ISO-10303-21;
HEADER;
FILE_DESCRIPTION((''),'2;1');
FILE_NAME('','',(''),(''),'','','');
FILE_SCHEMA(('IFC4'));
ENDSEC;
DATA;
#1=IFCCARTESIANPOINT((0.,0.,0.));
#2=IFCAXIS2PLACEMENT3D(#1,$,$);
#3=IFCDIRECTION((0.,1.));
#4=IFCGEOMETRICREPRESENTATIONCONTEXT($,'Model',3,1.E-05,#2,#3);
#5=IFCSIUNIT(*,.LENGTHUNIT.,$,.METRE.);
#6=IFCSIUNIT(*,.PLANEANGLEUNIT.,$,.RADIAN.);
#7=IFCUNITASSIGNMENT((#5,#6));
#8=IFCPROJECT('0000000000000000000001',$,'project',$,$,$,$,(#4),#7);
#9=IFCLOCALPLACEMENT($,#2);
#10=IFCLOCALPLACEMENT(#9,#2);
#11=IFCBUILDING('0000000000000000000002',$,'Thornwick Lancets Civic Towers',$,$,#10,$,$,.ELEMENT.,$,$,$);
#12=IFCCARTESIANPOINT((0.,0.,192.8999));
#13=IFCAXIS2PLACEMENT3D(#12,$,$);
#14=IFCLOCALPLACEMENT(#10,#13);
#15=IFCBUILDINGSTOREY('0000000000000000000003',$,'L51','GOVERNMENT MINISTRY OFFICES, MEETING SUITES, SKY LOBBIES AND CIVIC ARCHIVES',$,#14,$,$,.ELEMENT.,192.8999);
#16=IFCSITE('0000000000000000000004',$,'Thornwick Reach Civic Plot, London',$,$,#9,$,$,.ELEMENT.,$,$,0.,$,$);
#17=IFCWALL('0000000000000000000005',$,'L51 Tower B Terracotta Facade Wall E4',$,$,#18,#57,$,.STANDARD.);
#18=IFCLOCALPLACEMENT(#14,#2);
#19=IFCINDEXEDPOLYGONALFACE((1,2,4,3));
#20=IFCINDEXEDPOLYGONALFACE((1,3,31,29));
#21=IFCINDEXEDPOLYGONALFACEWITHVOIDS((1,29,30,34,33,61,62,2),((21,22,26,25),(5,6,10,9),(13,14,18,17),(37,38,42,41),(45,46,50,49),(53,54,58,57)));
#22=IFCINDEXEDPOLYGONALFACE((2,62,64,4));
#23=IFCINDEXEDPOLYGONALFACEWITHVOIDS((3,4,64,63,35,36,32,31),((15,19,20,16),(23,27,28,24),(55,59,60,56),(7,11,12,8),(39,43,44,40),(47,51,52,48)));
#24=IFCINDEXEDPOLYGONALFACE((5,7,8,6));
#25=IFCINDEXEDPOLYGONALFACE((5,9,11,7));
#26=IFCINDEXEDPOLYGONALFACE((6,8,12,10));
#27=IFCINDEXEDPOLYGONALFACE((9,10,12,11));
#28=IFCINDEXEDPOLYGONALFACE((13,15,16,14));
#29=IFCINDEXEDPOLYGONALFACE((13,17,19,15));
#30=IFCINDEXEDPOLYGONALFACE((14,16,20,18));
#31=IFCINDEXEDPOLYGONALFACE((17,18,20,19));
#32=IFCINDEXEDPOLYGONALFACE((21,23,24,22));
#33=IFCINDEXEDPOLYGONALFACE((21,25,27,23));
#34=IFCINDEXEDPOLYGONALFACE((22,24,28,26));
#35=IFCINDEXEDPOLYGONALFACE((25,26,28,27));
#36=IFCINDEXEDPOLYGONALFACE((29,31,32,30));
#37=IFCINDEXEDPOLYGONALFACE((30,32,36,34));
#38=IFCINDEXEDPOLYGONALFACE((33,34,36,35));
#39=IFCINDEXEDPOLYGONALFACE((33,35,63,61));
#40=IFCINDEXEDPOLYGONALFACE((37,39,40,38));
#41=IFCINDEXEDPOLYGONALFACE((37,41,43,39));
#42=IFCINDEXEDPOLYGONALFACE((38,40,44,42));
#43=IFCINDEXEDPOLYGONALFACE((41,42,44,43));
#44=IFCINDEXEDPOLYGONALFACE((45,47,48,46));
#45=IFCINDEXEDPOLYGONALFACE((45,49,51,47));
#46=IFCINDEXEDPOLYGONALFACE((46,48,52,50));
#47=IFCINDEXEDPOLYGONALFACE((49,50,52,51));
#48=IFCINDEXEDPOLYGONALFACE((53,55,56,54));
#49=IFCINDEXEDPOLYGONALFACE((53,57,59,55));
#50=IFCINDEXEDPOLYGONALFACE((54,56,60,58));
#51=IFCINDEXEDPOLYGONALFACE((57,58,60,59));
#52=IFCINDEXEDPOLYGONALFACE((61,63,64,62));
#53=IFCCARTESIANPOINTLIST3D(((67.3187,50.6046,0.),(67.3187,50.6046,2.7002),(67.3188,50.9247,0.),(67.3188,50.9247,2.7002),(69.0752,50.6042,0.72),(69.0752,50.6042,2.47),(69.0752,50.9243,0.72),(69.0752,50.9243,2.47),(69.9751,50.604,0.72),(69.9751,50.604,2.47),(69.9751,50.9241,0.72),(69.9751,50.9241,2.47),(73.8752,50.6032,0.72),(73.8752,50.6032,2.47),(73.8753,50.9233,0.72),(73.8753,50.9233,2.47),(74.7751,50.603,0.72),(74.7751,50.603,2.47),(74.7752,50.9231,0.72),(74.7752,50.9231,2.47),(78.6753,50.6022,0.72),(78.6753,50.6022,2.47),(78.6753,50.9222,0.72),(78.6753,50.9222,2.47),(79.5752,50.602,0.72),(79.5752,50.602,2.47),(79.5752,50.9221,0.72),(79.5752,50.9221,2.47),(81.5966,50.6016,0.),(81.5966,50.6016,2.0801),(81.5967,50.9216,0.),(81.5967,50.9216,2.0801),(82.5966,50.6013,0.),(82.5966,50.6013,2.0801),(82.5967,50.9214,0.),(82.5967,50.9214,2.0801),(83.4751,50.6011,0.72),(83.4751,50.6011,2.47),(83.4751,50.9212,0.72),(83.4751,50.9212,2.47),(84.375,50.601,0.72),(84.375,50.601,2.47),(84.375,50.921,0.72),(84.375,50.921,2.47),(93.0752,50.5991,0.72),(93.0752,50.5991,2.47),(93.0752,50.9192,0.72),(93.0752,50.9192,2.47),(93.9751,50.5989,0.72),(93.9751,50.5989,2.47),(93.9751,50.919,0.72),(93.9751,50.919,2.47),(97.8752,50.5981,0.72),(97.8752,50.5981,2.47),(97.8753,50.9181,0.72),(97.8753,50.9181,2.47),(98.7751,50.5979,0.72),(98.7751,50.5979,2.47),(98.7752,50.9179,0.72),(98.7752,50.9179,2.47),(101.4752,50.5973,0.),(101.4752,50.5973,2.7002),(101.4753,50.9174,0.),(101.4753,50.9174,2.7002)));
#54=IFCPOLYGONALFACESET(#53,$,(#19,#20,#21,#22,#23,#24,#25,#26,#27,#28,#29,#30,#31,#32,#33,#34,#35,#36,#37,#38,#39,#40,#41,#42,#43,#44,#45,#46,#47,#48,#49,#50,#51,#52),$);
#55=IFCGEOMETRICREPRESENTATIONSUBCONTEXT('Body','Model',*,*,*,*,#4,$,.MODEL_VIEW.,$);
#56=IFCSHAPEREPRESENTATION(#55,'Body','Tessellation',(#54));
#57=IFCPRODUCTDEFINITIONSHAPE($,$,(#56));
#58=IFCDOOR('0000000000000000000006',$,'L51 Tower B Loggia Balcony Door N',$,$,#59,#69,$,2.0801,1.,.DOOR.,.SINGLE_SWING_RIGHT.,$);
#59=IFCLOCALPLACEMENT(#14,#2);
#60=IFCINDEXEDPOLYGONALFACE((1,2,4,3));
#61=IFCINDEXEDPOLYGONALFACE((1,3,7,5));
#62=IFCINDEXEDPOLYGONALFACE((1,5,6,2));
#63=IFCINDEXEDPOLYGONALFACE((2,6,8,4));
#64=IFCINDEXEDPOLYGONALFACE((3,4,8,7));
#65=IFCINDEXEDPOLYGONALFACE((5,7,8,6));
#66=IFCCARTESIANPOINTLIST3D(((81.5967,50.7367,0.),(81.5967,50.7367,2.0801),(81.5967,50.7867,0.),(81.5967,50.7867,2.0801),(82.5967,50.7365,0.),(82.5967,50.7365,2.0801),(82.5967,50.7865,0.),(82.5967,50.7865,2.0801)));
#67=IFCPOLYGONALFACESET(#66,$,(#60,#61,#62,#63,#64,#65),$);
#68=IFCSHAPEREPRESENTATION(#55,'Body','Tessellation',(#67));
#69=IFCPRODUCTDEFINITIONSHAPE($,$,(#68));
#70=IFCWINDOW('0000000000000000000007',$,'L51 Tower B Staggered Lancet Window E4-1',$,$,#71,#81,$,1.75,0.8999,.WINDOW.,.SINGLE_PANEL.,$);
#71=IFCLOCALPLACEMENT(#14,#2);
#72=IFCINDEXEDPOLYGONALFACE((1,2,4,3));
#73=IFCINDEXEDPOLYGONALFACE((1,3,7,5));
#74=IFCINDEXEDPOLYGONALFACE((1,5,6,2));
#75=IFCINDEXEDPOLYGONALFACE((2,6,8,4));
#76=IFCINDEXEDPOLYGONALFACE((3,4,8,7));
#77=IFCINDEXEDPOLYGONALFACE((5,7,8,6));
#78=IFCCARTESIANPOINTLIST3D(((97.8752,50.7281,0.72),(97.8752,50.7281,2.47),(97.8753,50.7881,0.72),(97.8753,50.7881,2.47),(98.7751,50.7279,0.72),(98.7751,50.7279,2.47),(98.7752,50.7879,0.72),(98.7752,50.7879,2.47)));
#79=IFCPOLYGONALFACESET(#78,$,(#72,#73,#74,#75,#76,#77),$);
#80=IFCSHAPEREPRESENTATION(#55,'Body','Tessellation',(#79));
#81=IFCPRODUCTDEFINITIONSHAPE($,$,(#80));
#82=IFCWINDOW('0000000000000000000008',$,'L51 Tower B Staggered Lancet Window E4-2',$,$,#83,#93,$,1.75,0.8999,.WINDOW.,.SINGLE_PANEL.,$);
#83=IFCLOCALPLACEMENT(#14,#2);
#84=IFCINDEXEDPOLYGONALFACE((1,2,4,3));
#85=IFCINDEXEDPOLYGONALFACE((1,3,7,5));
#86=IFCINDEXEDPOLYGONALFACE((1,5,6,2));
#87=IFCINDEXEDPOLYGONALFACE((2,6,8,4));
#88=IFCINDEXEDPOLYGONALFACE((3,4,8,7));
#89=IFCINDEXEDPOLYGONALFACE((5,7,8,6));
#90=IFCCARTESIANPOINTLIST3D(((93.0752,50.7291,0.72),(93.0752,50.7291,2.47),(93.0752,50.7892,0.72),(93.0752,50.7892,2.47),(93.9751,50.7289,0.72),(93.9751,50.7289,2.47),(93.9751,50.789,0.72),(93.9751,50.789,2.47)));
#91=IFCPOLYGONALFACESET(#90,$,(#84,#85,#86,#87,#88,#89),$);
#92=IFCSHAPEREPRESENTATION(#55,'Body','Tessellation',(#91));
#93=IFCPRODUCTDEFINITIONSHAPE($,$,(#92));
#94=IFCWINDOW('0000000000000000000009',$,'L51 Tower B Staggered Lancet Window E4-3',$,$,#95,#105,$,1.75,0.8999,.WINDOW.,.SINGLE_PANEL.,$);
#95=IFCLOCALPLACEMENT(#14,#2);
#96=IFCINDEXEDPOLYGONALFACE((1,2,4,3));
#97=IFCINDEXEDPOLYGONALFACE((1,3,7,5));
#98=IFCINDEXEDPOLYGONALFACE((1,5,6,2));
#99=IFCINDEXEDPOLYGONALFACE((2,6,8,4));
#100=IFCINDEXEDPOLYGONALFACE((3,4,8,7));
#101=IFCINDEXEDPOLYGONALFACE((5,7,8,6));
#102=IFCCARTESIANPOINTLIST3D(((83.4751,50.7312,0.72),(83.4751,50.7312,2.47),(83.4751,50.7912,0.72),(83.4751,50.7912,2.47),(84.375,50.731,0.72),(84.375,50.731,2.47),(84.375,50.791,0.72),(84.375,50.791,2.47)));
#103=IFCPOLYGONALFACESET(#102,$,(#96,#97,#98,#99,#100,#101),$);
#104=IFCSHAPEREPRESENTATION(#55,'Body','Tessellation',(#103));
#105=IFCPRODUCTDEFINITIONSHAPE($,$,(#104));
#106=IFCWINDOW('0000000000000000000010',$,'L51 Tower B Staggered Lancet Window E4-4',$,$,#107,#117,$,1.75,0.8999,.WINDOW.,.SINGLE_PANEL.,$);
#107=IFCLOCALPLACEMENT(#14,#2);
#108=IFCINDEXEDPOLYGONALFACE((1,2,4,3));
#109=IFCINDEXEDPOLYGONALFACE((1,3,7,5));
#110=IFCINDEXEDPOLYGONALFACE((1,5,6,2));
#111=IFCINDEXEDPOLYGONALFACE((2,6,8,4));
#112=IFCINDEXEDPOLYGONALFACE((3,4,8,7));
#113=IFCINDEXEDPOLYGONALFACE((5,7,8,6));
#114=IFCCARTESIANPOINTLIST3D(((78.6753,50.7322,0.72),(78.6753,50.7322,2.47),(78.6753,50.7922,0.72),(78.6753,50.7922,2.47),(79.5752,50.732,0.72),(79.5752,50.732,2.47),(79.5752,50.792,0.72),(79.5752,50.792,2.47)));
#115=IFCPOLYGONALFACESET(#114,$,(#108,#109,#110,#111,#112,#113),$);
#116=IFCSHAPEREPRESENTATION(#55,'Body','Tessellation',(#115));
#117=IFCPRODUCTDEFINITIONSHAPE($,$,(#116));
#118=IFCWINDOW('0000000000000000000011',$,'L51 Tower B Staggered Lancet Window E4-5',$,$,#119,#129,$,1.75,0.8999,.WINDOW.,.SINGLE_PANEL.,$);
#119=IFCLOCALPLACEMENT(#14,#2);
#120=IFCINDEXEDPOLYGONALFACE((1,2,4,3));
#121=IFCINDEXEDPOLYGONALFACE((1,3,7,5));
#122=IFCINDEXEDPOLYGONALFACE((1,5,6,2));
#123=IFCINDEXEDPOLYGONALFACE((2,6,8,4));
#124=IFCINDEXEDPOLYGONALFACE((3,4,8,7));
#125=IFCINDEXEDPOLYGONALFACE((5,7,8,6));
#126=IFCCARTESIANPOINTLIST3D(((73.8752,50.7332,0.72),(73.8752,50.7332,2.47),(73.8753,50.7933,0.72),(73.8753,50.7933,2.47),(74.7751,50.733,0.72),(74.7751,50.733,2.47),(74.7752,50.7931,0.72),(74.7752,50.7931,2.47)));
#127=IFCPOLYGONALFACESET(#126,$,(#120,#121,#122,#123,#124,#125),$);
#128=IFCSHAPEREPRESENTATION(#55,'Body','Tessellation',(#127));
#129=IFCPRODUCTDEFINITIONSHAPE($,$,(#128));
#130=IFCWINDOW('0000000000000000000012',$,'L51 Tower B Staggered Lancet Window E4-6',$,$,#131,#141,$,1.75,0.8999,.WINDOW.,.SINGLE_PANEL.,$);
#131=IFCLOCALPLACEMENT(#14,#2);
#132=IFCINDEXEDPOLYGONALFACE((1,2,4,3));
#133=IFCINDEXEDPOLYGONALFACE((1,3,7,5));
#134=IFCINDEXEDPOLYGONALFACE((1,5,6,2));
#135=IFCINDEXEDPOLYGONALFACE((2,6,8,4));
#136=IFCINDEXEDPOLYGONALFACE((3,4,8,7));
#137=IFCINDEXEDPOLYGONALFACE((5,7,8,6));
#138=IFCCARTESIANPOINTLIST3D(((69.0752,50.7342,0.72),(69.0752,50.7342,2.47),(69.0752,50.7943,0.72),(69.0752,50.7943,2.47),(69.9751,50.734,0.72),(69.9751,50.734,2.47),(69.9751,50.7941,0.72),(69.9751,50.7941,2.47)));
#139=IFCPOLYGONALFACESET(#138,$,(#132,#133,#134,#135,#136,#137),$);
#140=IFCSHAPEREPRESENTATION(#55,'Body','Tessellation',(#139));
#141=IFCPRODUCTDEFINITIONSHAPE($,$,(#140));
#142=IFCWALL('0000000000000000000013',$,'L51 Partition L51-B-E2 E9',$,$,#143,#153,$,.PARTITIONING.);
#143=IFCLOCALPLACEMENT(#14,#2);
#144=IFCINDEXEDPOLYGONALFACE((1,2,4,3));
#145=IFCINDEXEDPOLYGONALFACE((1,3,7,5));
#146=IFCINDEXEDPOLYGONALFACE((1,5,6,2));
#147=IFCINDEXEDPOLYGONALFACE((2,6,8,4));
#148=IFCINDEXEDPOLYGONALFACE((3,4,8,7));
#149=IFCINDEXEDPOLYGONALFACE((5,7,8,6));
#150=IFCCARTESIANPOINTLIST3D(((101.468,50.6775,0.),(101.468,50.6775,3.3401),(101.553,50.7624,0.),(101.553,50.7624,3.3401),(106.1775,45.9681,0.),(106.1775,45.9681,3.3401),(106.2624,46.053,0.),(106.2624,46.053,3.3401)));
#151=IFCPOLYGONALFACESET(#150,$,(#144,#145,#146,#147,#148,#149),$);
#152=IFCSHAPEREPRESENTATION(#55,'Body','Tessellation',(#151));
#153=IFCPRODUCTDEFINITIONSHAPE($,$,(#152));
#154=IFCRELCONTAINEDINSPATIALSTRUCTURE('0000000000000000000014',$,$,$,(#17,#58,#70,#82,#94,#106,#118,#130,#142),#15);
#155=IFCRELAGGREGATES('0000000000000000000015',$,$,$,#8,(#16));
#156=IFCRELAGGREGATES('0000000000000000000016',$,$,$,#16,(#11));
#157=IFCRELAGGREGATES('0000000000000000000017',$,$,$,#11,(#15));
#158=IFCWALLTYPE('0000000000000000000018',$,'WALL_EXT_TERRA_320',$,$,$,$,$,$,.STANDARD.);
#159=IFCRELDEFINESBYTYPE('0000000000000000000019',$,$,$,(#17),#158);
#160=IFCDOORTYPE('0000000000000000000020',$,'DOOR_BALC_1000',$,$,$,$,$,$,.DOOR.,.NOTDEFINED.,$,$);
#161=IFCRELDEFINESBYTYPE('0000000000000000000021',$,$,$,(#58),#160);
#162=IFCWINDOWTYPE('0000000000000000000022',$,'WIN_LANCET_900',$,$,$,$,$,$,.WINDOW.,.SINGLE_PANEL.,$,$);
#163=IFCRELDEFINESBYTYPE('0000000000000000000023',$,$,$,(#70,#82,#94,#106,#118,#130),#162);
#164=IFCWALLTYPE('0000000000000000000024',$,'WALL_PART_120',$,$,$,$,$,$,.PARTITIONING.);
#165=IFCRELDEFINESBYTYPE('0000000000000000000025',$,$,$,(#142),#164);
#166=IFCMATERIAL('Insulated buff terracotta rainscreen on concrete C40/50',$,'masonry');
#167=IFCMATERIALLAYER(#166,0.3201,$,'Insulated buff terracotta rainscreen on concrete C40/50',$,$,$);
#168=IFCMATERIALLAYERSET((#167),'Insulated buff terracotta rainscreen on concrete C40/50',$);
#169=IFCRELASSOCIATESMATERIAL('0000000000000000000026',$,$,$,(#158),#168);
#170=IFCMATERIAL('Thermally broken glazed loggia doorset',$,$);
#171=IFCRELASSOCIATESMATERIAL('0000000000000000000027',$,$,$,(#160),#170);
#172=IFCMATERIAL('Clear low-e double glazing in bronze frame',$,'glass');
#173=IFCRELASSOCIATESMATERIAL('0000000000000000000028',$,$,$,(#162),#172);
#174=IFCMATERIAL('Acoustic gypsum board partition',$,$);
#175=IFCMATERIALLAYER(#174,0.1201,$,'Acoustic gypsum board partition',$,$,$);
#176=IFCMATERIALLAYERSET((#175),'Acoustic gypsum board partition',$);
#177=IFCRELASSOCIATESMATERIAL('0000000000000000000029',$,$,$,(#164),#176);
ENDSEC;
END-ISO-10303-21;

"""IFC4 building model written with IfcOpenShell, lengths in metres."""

from ifc_helpers import new_model, si_unit, direction, frame, frame_2d, origin, place, context, subcontext, project, spatial, rectangle, extrude, material, layer, layer_set, type_object, element, fill, save


model = new_model("IFC4")

# Units and contexts
model_context = context("Model", 3, precision=1e-05, world=origin(), true_north=direction((0.0, 1.0)))
body_context = subcontext(model_context, "Body", "Model", "MODEL_VIEW")
ifc_project = project(units=[si_unit("LENGTHUNIT", "METRE"), si_unit("PLANEANGLEUNIT", "RADIAN")], contexts=[model_context])

# Site, building, storey
site_placement = place(None, origin())
site = spatial("IfcSite", under=ifc_project, at=site_placement, Name="Thornwick Reach Civic Plot, London", CompositionType="ELEMENT", RefElevation=0.0)
building_placement = place(site_placement, origin())
building = spatial("IfcBuilding", under=site, at=building_placement, Name="Thornwick Lancets Civic Towers", CompositionType="ELEMENT")
storey_placement = place(building_placement, frame((0.0, 0.0, 192.8999)))
storey = spatial("IfcBuildingStorey", under=building, at=storey_placement, Name="L51", Description="GOVERNMENT MINISTRY OFFICES, MEETING SUITES, SKY LOBBIES AND CIVIC ARCHIVES", CompositionType="ELEMENT", Elevation=192.8999)

# Wall, openings, door, windows
ifc_material_1 = material(Name="Insulated buff terracotta rainscreen on concrete C40/50", Category="masonry")
ifc_layer_1 = layer(ifc_material_1, 0.3201, Name="Insulated buff terracotta rainscreen on concrete C40/50")
ifc_layer_set_1 = layer_set([ifc_layer_1], Name="Insulated buff terracotta rainscreen on concrete C40/50")
wall_type_1 = type_object("IfcWallType", Name="WALL_EXT_TERRA_320", PredefinedType="STANDARD", material=ifc_layer_set_1)
wall_1_placement = place(storey_placement, frame((101.4751, 50.7573, 0.0), z_axis=(0.0, 0.0, 1.0), x_axis=(-1.0, 0.000214, 0.0)))
wall_1 = element("IfcWall", 1, at=wall_1_placement, inside=storey, type_object=wall_type_1, Name="L51 Tower B Terracotta Facade Wall E4", PredefinedType="STANDARD", context=body_context, shape_type="SweptSolid", body=[
    extrude(rectangle(XDim=34.1565, YDim=0.3201, at=frame_2d((17.0781, 0.0))), origin(), (0.0, 0.0, 1.0), 2.7002),
])
opening_1_placement = place(wall_1_placement, frame((18.8784, 0.0, 0.0)))
opening_1 = element("IfcOpeningElement", 2, at=opening_1_placement, cuts=wall_1, PredefinedType="OPENING", context=body_context, shape_type="SweptSolid", body=[
    extrude(rectangle(XDim=1.0, YDim=2.0801, at=frame_2d((0.5, 1.04))), frame((0.0, 0.1699, 0.0), z_axis=(0.0, -1.0, 0.0), x_axis=(1.0, 0.0, 0.0)), (0.0, 0.0, 1.0), 0.3401),
])
opening_2_placement = place(wall_1_placement, frame((2.7, 0.0, 0.72)))
opening_2 = element("IfcOpeningElement", 3, at=opening_2_placement, cuts=wall_1, PredefinedType="OPENING", context=body_context, shape_type="SweptSolid", body=[
    extrude(rectangle(XDim=0.8999, YDim=1.75, at=frame_2d((0.45, 0.875))), frame((0.0, 0.1699, 0.0), z_axis=(0.0, -1.0, 0.0), x_axis=(1.0, 0.0, 0.0)), (0.0, 0.0, 1.0), 0.3401),
])
opening_3_placement = place(wall_1_placement, frame((7.5, 0.0, 0.72)))
opening_3 = element("IfcOpeningElement", 4, at=opening_3_placement, cuts=wall_1, PredefinedType="OPENING", context=body_context, shape_type="SweptSolid", body=[
    extrude(rectangle(XDim=0.8999, YDim=1.75, at=frame_2d((0.45, 0.875))), frame((0.0, 0.1699, 0.0), z_axis=(0.0, -1.0, 0.0), x_axis=(1.0, 0.0, 0.0)), (0.0, 0.0, 1.0), 0.3401),
])
opening_4_placement = place(wall_1_placement, frame((17.1001, 0.0, 0.72)))
opening_4 = element("IfcOpeningElement", 5, at=opening_4_placement, cuts=wall_1, PredefinedType="OPENING", context=body_context, shape_type="SweptSolid", body=[
    extrude(rectangle(XDim=0.8999, YDim=1.75, at=frame_2d((0.45, 0.875))), frame((0.0, 0.1699, 0.0), z_axis=(0.0, -1.0, 0.0), x_axis=(1.0, 0.0, 0.0)), (0.0, 0.0, 1.0), 0.3401),
])
opening_5_placement = place(wall_1_placement, frame((21.8999, 0.0, 0.72)))
opening_5 = element("IfcOpeningElement", 6, at=opening_5_placement, cuts=wall_1, PredefinedType="OPENING", context=body_context, shape_type="SweptSolid", body=[
    extrude(rectangle(XDim=0.8999, YDim=1.75, at=frame_2d((0.45, 0.875))), frame((0.0, 0.1699, 0.0), z_axis=(0.0, -1.0, 0.0), x_axis=(1.0, 0.0, 0.0)), (0.0, 0.0, 1.0), 0.3401),
])
opening_6_placement = place(wall_1_placement, frame((26.7, 0.0, 0.72)))
opening_6 = element("IfcOpeningElement", 7, at=opening_6_placement, cuts=wall_1, PredefinedType="OPENING", context=body_context, shape_type="SweptSolid", body=[
    extrude(rectangle(XDim=0.8999, YDim=1.75, at=frame_2d((0.45, 0.875))), frame((0.0, 0.1699, 0.0), z_axis=(0.0, -1.0, 0.0), x_axis=(1.0, 0.0, 0.0)), (0.0, 0.0, 1.0), 0.3401),
])
opening_7_placement = place(wall_1_placement, frame((31.5, 0.0, 0.72)))
opening_7 = element("IfcOpeningElement", 8, at=opening_7_placement, cuts=wall_1, PredefinedType="OPENING", context=body_context, shape_type="SweptSolid", body=[
    extrude(rectangle(XDim=0.8999, YDim=1.75, at=frame_2d((0.45, 0.875))), frame((0.0, 0.1699, 0.0), z_axis=(0.0, -1.0, 0.0), x_axis=(1.0, 0.0, 0.0)), (0.0, 0.0, 1.0), 0.3401),
])
ifc_material_2 = material(Name="Thermally broken glazed loggia doorset")
door_type = type_object("IfcDoorType", Name="DOOR_BALC_1000", OperationType="NOTDEFINED", PredefinedType="DOOR", material=ifc_material_2)
door_placement = place(opening_1_placement, origin())
door = element("IfcDoor", 9, at=door_placement, inside=storey, type_object=door_type, Name="L51 Tower B Loggia Balcony Door N", OperationType="SINGLE_SWING_RIGHT", OverallHeight=2.0801, OverallWidth=1.0, PredefinedType="DOOR", context=body_context, shape_type="SweptSolid", body=[
    extrude(rectangle(XDim=1.0, YDim=2.0801, at=frame_2d((0.5, 1.04))), frame((0.0, 0.0249, 0.0), z_axis=(0.0, -1.0, 0.0), x_axis=(1.0, 0.0, 0.0)), (0.0, 0.0, 1.0), 0.05),
])
fill(opening_1, door)
ifc_material_3 = material(Name="Clear low-e double glazing in bronze frame", Category="glass")
window_type = type_object("IfcWindowType", Name="WIN_LANCET_900", PartitioningType="SINGLE_PANEL", PredefinedType="WINDOW", material=ifc_material_3)
window_1_placement = place(opening_2_placement, origin())
window_1 = element("IfcWindow", 10, at=window_1_placement, inside=storey, type_object=window_type, Name="L51 Tower B Staggered Lancet Window E4-1", OverallHeight=1.75, OverallWidth=0.8999, PartitioningType="SINGLE_PANEL", PredefinedType="WINDOW", context=body_context, shape_type="SweptSolid", body=[
    extrude(rectangle(XDim=0.8999, YDim=1.75, at=frame_2d((0.45, 0.875))), frame((0.0, 0.03, 0.0), z_axis=(0.0, -1.0, 0.0), x_axis=(1.0, 0.0, 0.0)), (0.0, 0.0, 1.0), 0.0601),
])
fill(opening_2, window_1)
window_2_placement = place(opening_3_placement, origin())
window_2 = element("IfcWindow", 11, at=window_2_placement, inside=storey, type_object=window_type, Name="L51 Tower B Staggered Lancet Window E4-2", OverallHeight=1.75, OverallWidth=0.8999, PartitioningType="SINGLE_PANEL", PredefinedType="WINDOW", context=body_context, shape_type="SweptSolid", body=[
    extrude(rectangle(XDim=0.8999, YDim=1.75, at=frame_2d((0.45, 0.875))), frame((0.0, 0.03, 0.0), z_axis=(0.0, -1.0, 0.0), x_axis=(1.0, 0.0, 0.0)), (0.0, 0.0, 1.0), 0.0601),
])
fill(opening_3, window_2)
window_3_placement = place(opening_4_placement, origin())
window_3 = element("IfcWindow", 12, at=window_3_placement, inside=storey, type_object=window_type, Name="L51 Tower B Staggered Lancet Window E4-3", OverallHeight=1.75, OverallWidth=0.8999, PartitioningType="SINGLE_PANEL", PredefinedType="WINDOW", context=body_context, shape_type="SweptSolid", body=[
    extrude(rectangle(XDim=0.8999, YDim=1.75, at=frame_2d((0.45, 0.875))), frame((0.0, 0.03, 0.0), z_axis=(0.0, -1.0, 0.0), x_axis=(1.0, 0.0, 0.0)), (0.0, 0.0, 1.0), 0.0601),
])
fill(opening_4, window_3)
window_4_placement = place(opening_5_placement, origin())
window_4 = element("IfcWindow", 13, at=window_4_placement, inside=storey, type_object=window_type, Name="L51 Tower B Staggered Lancet Window E4-4", OverallHeight=1.75, OverallWidth=0.8999, PartitioningType="SINGLE_PANEL", PredefinedType="WINDOW", context=body_context, shape_type="SweptSolid", body=[
    extrude(rectangle(XDim=0.8999, YDim=1.75, at=frame_2d((0.45, 0.875))), frame((0.0, 0.03, 0.0), z_axis=(0.0, -1.0, 0.0), x_axis=(1.0, 0.0, 0.0)), (0.0, 0.0, 1.0), 0.0601),
])
fill(opening_5, window_4)
window_5_placement = place(opening_6_placement, origin())
window_5 = element("IfcWindow", 14, at=window_5_placement, inside=storey, type_object=window_type, Name="L51 Tower B Staggered Lancet Window E4-5", OverallHeight=1.75, OverallWidth=0.8999, PartitioningType="SINGLE_PANEL", PredefinedType="WINDOW", context=body_context, shape_type="SweptSolid", body=[
    extrude(rectangle(XDim=0.8999, YDim=1.75, at=frame_2d((0.45, 0.875))), frame((0.0, 0.03, 0.0), z_axis=(0.0, -1.0, 0.0), x_axis=(1.0, 0.0, 0.0)), (0.0, 0.0, 1.0), 0.0601),
])
fill(opening_6, window_5)
window_6_placement = place(opening_7_placement, origin())
window_6 = element("IfcWindow", 15, at=window_6_placement, inside=storey, type_object=window_type, Name="L51 Tower B Staggered Lancet Window E4-6", OverallHeight=1.75, OverallWidth=0.8999, PartitioningType="SINGLE_PANEL", PredefinedType="WINDOW", context=body_context, shape_type="SweptSolid", body=[
    extrude(rectangle(XDim=0.8999, YDim=1.75, at=frame_2d((0.45, 0.875))), frame((0.0, 0.03, 0.0), z_axis=(0.0, -1.0, 0.0), x_axis=(1.0, 0.0, 0.0)), (0.0, 0.0, 1.0), 0.0601),
])
fill(opening_7, window_6)

# Wall
ifc_material_4 = material(Name="Acoustic gypsum board partition")
ifc_layer_2 = layer(ifc_material_4, 0.1201, Name="Acoustic gypsum board partition")
ifc_layer_set_2 = layer_set([ifc_layer_2], Name="Acoustic gypsum board partition")
wall_type_2 = type_object("IfcWallType", Name="WALL_PART_120", PredefinedType="PARTITIONING", material=ifc_layer_set_2)
wall_2_placement = place(storey_placement, frame((101.5105, 50.72, 0.0), z_axis=(0.0, 0.0, 1.0), x_axis=(0.707107, -0.707107, 0.0)))
element("IfcWall", 16, at=wall_2_placement, inside=storey, type_object=wall_type_2, Name="L51 Partition L51-B-E2 E9", PredefinedType="PARTITIONING", context=body_context, shape_type="SweptSolid", body=[
    extrude(rectangle(XDim=6.6602, YDim=0.1201, at=frame_2d((3.3301, 0.0))), origin(), (0.0, 0.0, 1.0), 3.3401),
])

save(model, "model.ifc")
